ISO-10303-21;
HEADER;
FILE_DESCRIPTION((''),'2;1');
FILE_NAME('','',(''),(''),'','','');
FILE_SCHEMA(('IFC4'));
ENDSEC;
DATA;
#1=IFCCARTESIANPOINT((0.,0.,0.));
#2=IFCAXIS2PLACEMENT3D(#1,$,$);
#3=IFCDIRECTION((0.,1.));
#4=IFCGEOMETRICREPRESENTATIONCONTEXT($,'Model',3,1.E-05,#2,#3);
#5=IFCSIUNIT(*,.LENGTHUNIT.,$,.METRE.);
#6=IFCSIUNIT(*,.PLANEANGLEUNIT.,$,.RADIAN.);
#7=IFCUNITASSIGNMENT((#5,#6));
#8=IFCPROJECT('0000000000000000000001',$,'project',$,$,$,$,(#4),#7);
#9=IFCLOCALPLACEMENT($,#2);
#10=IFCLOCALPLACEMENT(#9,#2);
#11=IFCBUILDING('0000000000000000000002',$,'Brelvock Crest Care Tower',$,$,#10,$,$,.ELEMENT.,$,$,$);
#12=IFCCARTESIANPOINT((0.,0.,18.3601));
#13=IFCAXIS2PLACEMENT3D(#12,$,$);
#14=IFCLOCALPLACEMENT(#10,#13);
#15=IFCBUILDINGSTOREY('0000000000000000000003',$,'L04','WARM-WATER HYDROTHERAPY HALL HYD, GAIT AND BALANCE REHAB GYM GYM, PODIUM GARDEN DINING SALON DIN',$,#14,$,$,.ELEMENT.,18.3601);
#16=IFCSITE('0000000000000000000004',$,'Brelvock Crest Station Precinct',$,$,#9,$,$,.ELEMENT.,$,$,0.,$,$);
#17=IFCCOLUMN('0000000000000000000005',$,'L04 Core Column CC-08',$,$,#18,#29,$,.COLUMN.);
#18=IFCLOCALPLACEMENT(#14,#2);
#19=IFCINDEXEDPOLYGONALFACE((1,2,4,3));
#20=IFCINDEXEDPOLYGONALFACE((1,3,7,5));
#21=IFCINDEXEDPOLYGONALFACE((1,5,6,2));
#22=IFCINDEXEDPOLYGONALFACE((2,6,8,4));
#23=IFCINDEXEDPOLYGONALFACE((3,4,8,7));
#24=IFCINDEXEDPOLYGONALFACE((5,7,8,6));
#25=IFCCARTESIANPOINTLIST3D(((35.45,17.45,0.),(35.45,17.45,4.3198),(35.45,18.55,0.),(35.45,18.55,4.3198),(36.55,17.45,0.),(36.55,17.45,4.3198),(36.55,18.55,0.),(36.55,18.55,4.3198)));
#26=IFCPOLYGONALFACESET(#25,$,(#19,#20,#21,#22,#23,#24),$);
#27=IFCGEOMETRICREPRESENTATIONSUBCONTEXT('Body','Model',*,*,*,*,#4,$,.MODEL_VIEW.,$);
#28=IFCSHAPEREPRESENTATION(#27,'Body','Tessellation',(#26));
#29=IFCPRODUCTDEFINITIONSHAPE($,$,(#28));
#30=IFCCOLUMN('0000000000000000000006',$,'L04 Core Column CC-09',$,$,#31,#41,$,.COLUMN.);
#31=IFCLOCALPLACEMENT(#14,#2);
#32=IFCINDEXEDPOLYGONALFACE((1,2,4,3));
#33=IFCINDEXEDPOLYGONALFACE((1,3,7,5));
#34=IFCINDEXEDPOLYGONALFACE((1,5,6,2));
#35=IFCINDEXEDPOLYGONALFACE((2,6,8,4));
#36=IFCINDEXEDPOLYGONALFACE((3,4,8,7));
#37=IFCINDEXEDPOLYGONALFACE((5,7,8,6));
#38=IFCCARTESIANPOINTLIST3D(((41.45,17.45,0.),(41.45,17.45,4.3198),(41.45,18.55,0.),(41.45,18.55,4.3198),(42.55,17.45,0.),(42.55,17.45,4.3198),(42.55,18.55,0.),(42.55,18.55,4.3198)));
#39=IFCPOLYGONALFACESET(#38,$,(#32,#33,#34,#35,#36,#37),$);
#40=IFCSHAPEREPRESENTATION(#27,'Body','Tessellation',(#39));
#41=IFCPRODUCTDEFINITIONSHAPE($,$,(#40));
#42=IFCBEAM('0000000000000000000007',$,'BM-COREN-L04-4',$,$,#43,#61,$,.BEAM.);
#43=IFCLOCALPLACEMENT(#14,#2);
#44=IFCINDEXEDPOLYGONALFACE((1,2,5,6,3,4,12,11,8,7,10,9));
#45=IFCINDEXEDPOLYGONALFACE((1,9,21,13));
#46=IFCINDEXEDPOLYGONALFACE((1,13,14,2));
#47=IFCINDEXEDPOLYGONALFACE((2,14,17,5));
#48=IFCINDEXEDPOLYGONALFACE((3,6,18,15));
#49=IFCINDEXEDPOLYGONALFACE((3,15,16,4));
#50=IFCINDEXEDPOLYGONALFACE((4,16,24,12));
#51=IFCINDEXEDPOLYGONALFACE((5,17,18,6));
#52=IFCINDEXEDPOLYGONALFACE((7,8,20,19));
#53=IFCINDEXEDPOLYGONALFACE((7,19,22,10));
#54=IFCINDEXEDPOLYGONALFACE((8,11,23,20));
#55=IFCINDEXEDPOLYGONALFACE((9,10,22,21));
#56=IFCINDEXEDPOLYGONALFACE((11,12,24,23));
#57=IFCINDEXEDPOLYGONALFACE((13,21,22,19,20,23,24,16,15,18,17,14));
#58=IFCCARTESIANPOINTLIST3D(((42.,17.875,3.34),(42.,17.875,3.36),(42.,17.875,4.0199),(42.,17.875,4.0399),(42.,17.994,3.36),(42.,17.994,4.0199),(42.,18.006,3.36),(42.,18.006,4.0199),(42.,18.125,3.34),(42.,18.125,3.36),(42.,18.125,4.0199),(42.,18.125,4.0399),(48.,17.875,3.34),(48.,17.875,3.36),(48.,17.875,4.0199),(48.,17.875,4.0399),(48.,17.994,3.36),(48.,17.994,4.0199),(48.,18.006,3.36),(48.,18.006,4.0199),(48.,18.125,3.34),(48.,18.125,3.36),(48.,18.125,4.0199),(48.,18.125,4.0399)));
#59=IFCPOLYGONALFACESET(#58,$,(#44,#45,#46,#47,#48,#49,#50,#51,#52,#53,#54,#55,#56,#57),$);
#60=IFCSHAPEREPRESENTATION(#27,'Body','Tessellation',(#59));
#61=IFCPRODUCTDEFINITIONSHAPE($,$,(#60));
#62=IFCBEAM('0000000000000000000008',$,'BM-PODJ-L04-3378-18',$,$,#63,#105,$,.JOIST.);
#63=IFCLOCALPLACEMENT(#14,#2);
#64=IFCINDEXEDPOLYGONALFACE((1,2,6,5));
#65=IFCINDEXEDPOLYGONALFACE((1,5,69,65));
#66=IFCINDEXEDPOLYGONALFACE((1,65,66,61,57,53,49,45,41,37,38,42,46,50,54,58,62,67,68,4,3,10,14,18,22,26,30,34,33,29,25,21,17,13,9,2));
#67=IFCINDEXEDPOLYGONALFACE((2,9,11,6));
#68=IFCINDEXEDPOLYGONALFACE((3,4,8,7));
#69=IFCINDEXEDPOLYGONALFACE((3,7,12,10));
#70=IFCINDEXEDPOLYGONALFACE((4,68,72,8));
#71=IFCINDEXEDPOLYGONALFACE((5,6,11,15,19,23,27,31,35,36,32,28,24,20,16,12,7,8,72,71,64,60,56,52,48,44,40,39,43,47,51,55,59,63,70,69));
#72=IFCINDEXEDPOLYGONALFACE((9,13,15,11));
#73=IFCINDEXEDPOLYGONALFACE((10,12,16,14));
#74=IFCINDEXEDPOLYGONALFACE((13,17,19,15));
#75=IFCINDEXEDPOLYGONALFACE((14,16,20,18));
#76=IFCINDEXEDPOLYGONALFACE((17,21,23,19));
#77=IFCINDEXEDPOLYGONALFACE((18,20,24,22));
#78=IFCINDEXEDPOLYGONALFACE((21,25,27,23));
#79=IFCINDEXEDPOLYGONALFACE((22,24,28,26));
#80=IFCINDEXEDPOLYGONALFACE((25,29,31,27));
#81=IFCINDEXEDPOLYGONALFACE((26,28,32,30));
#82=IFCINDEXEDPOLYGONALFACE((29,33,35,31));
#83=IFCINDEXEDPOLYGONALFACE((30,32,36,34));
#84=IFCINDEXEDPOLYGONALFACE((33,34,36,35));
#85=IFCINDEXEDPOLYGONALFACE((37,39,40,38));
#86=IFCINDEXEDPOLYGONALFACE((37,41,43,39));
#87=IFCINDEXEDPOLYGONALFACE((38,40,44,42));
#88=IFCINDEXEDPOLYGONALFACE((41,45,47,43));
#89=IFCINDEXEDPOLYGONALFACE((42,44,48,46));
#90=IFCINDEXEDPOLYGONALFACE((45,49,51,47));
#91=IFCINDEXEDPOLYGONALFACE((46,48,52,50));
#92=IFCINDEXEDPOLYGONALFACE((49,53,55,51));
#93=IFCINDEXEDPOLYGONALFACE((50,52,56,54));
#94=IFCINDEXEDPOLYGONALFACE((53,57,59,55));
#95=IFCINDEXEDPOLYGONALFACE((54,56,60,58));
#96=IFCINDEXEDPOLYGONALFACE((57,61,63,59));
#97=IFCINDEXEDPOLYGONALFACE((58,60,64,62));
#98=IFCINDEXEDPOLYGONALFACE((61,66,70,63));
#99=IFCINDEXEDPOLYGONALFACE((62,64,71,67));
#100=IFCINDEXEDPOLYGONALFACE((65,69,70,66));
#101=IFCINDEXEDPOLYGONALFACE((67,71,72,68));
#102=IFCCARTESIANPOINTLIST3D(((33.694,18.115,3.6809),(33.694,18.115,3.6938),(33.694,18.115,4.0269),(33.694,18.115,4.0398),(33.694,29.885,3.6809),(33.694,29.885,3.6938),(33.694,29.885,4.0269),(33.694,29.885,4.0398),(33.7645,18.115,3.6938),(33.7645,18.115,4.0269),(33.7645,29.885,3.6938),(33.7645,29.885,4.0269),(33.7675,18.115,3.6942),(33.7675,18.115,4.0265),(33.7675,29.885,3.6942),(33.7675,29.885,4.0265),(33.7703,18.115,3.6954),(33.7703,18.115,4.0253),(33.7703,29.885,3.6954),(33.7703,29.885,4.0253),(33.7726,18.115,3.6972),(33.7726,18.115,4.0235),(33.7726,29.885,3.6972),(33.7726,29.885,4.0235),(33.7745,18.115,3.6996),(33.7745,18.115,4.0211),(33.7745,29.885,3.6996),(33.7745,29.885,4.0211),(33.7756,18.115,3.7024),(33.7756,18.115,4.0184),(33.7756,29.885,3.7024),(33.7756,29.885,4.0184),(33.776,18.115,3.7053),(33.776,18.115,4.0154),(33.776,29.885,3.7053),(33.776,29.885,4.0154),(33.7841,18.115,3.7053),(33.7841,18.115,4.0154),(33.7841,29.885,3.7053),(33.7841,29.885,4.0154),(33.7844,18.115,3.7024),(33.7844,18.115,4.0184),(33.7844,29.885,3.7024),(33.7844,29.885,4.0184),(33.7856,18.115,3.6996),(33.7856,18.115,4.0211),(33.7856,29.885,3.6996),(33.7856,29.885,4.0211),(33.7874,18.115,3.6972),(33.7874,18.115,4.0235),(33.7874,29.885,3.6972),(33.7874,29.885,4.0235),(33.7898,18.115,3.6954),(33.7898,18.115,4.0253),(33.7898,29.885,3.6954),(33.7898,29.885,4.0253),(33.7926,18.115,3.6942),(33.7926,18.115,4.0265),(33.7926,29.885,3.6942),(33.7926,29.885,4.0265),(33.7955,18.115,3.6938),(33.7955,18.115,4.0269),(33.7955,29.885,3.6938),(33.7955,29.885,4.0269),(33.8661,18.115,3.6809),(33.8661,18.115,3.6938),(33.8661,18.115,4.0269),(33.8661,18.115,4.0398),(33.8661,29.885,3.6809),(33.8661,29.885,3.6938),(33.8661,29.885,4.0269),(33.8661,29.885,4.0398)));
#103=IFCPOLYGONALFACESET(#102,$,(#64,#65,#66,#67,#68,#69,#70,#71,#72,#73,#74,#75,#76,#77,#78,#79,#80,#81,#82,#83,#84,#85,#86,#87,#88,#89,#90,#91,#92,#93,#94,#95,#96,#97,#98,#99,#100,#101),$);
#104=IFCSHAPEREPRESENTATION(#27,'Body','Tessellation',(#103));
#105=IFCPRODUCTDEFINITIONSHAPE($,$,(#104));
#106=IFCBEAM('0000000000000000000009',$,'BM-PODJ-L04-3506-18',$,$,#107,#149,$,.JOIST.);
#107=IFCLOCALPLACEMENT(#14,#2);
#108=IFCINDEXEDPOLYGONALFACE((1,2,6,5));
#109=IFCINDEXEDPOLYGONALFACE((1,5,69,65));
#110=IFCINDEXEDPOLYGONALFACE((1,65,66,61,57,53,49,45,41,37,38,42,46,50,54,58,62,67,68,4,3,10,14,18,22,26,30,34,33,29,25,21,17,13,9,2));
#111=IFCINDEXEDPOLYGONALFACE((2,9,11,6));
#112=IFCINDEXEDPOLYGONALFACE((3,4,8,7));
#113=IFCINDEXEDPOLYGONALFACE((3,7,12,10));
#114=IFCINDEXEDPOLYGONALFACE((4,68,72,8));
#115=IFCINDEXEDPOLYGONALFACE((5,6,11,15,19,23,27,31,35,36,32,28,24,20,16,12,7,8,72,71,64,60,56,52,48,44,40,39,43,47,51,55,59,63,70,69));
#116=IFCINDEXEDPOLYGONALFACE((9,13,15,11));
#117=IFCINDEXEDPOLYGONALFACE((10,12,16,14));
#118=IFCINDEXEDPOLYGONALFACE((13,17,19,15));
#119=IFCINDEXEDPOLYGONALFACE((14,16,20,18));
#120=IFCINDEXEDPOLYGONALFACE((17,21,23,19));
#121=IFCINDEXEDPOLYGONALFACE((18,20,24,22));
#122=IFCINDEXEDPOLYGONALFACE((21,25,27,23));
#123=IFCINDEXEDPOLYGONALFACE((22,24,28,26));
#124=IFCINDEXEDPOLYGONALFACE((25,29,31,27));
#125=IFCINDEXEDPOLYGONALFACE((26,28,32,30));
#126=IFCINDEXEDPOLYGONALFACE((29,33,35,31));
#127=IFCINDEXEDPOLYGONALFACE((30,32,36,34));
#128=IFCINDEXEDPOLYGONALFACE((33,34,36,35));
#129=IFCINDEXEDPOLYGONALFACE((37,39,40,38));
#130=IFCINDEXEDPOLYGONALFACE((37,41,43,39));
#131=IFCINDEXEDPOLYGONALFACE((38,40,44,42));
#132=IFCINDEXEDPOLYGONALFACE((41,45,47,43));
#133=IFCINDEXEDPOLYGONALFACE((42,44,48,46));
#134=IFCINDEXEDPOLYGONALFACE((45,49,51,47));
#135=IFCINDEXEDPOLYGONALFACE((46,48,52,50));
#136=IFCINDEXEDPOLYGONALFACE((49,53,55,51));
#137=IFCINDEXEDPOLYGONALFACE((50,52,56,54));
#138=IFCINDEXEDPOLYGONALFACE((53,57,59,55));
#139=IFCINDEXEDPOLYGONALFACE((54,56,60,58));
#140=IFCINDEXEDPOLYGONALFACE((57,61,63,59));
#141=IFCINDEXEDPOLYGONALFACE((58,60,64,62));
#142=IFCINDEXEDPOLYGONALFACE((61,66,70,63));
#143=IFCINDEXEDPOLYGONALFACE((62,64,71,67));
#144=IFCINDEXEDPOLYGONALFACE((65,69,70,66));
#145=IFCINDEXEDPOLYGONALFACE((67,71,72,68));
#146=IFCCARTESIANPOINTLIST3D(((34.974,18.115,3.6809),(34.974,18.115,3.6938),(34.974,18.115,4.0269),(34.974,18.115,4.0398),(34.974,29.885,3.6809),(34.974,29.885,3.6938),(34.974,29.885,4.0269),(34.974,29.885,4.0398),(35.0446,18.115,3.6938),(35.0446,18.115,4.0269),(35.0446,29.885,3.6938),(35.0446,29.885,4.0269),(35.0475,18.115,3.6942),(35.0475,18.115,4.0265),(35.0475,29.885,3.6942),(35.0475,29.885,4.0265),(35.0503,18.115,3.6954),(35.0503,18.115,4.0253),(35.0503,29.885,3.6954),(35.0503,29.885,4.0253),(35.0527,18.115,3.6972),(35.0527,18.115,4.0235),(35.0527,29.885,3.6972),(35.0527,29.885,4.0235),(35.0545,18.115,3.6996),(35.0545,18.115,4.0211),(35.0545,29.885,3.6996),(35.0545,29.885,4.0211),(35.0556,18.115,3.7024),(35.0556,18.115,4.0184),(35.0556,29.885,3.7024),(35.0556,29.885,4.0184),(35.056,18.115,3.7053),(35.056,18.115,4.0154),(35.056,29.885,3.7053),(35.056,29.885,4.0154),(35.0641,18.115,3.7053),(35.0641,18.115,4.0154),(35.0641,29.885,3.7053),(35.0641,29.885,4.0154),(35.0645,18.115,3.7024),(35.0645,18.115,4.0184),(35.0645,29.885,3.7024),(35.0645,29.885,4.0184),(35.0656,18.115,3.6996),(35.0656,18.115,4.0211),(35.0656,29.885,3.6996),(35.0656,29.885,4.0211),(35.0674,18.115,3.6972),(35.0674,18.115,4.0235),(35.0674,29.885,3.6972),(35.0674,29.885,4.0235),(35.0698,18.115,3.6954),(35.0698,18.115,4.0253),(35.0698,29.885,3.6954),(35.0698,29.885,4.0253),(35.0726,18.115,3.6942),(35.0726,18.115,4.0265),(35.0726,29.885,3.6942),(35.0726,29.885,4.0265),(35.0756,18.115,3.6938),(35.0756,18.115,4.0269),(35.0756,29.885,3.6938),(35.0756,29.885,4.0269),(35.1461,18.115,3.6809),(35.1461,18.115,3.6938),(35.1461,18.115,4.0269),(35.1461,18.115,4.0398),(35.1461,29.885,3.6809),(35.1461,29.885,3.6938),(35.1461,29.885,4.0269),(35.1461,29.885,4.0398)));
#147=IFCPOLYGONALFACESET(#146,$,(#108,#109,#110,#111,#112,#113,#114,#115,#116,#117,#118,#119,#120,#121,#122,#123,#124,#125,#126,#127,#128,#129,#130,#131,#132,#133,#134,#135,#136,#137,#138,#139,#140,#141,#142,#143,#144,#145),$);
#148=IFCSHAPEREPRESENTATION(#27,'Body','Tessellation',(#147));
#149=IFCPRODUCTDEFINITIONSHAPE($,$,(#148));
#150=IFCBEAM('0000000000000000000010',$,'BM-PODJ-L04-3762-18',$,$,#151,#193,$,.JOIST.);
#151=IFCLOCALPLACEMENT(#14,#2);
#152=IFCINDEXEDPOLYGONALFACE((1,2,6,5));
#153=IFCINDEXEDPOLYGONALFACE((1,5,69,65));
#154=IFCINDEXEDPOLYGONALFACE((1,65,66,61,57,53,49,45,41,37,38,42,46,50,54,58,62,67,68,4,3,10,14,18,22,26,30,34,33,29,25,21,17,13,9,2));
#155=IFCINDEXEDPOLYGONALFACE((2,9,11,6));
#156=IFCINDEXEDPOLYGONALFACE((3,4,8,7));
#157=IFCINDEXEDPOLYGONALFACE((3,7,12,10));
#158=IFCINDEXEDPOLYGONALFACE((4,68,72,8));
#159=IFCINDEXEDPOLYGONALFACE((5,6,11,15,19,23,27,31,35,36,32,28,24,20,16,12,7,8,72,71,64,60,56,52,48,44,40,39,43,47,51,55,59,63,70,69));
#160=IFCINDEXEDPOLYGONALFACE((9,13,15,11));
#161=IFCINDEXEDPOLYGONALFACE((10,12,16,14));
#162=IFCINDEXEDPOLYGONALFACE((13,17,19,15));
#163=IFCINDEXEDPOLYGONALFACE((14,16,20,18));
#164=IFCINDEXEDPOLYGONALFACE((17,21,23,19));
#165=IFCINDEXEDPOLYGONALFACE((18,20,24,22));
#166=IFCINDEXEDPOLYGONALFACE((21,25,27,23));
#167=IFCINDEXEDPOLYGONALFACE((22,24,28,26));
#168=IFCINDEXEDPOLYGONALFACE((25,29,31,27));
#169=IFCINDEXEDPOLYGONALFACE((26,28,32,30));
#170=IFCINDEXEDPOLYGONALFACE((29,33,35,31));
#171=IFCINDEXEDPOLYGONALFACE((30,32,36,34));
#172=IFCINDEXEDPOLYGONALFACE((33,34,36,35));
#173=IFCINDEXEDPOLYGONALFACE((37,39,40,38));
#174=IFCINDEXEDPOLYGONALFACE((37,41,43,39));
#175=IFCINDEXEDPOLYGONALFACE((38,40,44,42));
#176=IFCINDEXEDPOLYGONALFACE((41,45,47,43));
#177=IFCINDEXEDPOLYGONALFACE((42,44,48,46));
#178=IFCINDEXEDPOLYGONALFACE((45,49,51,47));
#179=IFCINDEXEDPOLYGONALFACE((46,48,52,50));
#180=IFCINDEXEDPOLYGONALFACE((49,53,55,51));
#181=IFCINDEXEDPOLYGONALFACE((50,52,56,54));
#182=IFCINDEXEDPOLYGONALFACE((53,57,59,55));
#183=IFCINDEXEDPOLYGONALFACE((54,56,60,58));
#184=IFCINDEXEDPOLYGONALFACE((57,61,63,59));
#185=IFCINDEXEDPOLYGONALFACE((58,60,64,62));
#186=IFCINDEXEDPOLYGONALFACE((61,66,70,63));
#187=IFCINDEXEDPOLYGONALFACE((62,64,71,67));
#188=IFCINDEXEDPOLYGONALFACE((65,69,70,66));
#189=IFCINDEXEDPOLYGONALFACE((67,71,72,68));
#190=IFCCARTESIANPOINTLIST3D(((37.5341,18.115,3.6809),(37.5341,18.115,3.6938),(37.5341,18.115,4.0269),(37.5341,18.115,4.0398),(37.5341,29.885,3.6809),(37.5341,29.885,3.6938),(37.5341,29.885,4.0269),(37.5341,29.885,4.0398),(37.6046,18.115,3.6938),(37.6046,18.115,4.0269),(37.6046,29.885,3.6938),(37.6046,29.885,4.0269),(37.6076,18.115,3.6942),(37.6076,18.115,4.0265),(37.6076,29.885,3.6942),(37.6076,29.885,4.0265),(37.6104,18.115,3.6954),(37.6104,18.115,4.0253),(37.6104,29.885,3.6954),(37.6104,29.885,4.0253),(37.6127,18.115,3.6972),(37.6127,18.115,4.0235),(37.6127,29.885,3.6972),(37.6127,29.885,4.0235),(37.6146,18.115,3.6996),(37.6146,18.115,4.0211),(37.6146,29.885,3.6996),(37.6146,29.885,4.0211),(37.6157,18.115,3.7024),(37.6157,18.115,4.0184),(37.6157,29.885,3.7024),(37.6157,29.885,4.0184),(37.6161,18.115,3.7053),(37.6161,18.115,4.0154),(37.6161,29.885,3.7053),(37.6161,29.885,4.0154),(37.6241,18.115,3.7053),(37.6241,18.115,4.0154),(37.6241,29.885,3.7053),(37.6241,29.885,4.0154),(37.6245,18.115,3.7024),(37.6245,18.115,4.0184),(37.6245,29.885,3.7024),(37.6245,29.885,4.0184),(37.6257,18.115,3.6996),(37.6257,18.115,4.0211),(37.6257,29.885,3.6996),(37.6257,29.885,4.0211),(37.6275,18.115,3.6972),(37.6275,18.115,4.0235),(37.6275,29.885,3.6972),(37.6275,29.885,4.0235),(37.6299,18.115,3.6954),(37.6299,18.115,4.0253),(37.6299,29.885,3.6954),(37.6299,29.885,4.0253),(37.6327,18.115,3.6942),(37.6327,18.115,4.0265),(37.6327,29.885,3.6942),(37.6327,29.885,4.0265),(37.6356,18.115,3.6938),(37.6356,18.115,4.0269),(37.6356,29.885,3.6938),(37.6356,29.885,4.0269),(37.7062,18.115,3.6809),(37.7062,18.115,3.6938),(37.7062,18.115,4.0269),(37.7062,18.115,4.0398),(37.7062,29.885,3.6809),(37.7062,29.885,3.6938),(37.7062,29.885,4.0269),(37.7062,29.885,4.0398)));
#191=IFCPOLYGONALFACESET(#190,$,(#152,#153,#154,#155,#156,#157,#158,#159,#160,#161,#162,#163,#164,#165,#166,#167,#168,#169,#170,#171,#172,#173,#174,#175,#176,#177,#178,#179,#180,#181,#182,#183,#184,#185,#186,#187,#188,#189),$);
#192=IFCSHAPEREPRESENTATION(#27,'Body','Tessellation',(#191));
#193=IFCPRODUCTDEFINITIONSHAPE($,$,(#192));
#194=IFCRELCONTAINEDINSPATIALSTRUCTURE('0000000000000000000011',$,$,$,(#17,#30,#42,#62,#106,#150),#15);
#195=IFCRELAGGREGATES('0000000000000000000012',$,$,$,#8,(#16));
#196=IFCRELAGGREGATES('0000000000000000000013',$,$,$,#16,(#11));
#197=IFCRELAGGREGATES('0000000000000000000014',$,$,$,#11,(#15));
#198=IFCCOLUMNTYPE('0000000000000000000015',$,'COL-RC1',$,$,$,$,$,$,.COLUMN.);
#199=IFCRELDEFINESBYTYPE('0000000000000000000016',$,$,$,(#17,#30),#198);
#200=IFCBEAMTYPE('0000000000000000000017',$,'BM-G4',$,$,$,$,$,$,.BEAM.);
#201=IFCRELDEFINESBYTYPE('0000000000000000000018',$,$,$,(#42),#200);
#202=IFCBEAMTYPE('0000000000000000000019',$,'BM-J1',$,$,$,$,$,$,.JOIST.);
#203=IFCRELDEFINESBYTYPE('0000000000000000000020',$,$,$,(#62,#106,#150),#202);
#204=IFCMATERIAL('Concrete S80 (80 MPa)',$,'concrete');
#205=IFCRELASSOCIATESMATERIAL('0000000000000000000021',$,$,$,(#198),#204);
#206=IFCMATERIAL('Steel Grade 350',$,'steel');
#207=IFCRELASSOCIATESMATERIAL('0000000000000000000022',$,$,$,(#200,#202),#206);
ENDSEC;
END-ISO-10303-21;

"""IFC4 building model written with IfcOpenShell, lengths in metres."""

from ifc_helpers import new_model, si_unit, direction, frame, origin, origin_2d, place, context, subcontext, project, spatial, rectangle, i_section, extrude, source, transform, mapped, material, material_profile, profile_set, type_object, element, save


model = new_model("IFC4")

# Units and contexts
model_context = context("Model", 3, precision=1e-05, world=origin(), true_north=direction((0.0, 1.0)))
body_context = subcontext(model_context, "Body", "Model", "MODEL_VIEW")
ifc_project = project(units=[si_unit("LENGTHUNIT", "METRE"), si_unit("PLANEANGLEUNIT", "RADIAN")], contexts=[model_context])

# Site, building, storey
site_placement = place(None, origin())
site = spatial("IfcSite", under=ifc_project, at=site_placement, Name="Brelvock Crest Station Precinct", CompositionType="ELEMENT", RefElevation=0.0)
building_placement = place(site_placement, origin())
building = spatial("IfcBuilding", under=site, at=building_placement, Name="Brelvock Crest Care Tower", CompositionType="ELEMENT")
storey_placement = place(building_placement, frame((0.0, 0.0, 18.3601)))
storey = spatial("IfcBuildingStorey", under=building, at=storey_placement, Name="L04", Description="WARM-WATER HYDROTHERAPY HALL HYD, GAIT AND BALANCE REHAB GYM GYM, PODIUM GARDEN DINING SALON DIN", CompositionType="ELEMENT", Elevation=18.3601)

# Columns
ifc_material_1 = material(Name="Concrete S80 (80 MPa)", Category="concrete")
ifc_material_profile_1 = material_profile(ifc_material_1, rectangle(XDim=1.1001, YDim=1.1001, at=origin_2d()), Name="RC1100x1100")
ifc_profile_set_1 = profile_set([ifc_material_profile_1], Name="Concrete S80 (80 MPa)")
column_type = type_object("IfcColumnType", Name="COL-RC1", PredefinedType="COLUMN", material=ifc_profile_set_1)
shared_shape_1 = source(origin(), body_context, "Body", "SweptSolid", [
    extrude(rectangle(XDim=1.1001, YDim=1.1001, at=origin_2d()), origin(), (0.0, 0.0, 1.0), 4.3198),
])
for number, where, z_axis, x_axis, name in (
    (1, (36.0, 18.0, 0.0), (0.0, 0.0, 1.0), (1.0, 0.0, 0.0), "L04 Core Column CC-08"),
    (2, (42.0, 18.0, 0.0), (0.0, 0.0, 1.0), (1.0, 0.0, 0.0), "L04 Core Column CC-09"),
):
    element("IfcColumn", number, at=place(storey_placement, frame(where, z_axis=z_axis, x_axis=x_axis)), inside=storey, type_object=column_type, Name=name, PredefinedType="COLUMN", context=body_context, shape_type="MappedRepresentation", body=[
        mapped(shared_shape_1, transform((0.0, 0.0, 0.0), x_axis=(1.0, 0.0, 0.0), y_axis=(0.0, 1.0, 0.0), z_axis=(0.0, 0.0, 1.0), scale=1.0)),
    ])

# Beams
ifc_material_2 = material(Name="Steel Grade 350", Category="steel")
ifc_material_profile_2 = material_profile(ifc_material_2, i_section(OverallWidth=0.25, OverallDepth=0.7, WebThickness=0.012, FlangeThickness=0.02, at=origin_2d()), Name="700WB150")
ifc_profile_set_2 = profile_set([ifc_material_profile_2], Name="Steel Grade 350")
beam_type_1 = type_object("IfcBeamType", Name="BM-G4", PredefinedType="BEAM", material=ifc_profile_set_2)
shared_shape_2 = source(origin(), body_context, "Body", "SweptSolid", [
    extrude(i_section(OverallWidth=0.25, OverallDepth=0.7, WebThickness=0.012, FlangeThickness=0.02, at=origin_2d()), origin(), (0.0, 0.0, 1.0), 6.0),
])
beam_1_placement = place(storey_placement, frame((42.0, 18.0, 3.6899), z_axis=(1.0, 0.0, 0.0), x_axis=(0.0, 1.0, 0.0)))
element("IfcBeam", 3, at=beam_1_placement, inside=storey, type_object=beam_type_1, Name="BM-COREN-L04-4", PredefinedType="BEAM", context=body_context, shape_type="MappedRepresentation", body=[
    mapped(shared_shape_2, transform((0.0, 0.0, 0.0), x_axis=(1.0, 0.0, 0.0), y_axis=(0.0, 1.0, 0.0), z_axis=(0.0, 0.0, 1.0), scale=1.0)),
])
ifc_material_profile_3 = material_profile(ifc_material_2, i_section(OverallWidth=0.1721, OverallDepth=0.3589, WebThickness=0.0081, FlangeThickness=0.0129, FilletRadius=0.0115, at=origin_2d()), Name="360UB56.7")
ifc_profile_set_3 = profile_set([ifc_material_profile_3], Name="Steel Grade 350")
beam_type_2 = type_object("IfcBeamType", Name="BM-J1", PredefinedType="JOIST", material=ifc_profile_set_3)
shared_shape_3 = source(origin(), body_context, "Body", "SweptSolid", [
    extrude(i_section(OverallWidth=0.1721, OverallDepth=0.3589, WebThickness=0.0081, FlangeThickness=0.0129, FilletRadius=0.0115, at=origin_2d()), origin(), (0.0, 0.0, 1.0), 11.77),
])
for number, where, z_axis, x_axis, name in (
    (4, (33.78, 18.115, 3.8604), (0.0, 1.0, 0.0), (-1.0, 0.0, 0.0), "BM-PODJ-L04-3378-18"),
    (5, (35.0601, 18.115, 3.8604), (0.0, 1.0, 0.0), (-1.0, 0.0, 0.0), "BM-PODJ-L04-3506-18"),
    (6, (37.6201, 18.115, 3.8604), (0.0, 1.0, 0.0), (-1.0, 0.0, 0.0), "BM-PODJ-L04-3762-18"),
):
    element("IfcBeam", number, at=place(storey_placement, frame(where, z_axis=z_axis, x_axis=x_axis)), inside=storey, type_object=beam_type_2, Name=name, PredefinedType="JOIST", context=body_context, shape_type="MappedRepresentation", body=[
        mapped(shared_shape_3, transform((0.0, 0.0, 0.0), x_axis=(1.0, 0.0, 0.0), y_axis=(0.0, 1.0, 0.0), z_axis=(0.0, 0.0, 1.0), scale=1.0)),
    ])

save(model, "model.ifc")
